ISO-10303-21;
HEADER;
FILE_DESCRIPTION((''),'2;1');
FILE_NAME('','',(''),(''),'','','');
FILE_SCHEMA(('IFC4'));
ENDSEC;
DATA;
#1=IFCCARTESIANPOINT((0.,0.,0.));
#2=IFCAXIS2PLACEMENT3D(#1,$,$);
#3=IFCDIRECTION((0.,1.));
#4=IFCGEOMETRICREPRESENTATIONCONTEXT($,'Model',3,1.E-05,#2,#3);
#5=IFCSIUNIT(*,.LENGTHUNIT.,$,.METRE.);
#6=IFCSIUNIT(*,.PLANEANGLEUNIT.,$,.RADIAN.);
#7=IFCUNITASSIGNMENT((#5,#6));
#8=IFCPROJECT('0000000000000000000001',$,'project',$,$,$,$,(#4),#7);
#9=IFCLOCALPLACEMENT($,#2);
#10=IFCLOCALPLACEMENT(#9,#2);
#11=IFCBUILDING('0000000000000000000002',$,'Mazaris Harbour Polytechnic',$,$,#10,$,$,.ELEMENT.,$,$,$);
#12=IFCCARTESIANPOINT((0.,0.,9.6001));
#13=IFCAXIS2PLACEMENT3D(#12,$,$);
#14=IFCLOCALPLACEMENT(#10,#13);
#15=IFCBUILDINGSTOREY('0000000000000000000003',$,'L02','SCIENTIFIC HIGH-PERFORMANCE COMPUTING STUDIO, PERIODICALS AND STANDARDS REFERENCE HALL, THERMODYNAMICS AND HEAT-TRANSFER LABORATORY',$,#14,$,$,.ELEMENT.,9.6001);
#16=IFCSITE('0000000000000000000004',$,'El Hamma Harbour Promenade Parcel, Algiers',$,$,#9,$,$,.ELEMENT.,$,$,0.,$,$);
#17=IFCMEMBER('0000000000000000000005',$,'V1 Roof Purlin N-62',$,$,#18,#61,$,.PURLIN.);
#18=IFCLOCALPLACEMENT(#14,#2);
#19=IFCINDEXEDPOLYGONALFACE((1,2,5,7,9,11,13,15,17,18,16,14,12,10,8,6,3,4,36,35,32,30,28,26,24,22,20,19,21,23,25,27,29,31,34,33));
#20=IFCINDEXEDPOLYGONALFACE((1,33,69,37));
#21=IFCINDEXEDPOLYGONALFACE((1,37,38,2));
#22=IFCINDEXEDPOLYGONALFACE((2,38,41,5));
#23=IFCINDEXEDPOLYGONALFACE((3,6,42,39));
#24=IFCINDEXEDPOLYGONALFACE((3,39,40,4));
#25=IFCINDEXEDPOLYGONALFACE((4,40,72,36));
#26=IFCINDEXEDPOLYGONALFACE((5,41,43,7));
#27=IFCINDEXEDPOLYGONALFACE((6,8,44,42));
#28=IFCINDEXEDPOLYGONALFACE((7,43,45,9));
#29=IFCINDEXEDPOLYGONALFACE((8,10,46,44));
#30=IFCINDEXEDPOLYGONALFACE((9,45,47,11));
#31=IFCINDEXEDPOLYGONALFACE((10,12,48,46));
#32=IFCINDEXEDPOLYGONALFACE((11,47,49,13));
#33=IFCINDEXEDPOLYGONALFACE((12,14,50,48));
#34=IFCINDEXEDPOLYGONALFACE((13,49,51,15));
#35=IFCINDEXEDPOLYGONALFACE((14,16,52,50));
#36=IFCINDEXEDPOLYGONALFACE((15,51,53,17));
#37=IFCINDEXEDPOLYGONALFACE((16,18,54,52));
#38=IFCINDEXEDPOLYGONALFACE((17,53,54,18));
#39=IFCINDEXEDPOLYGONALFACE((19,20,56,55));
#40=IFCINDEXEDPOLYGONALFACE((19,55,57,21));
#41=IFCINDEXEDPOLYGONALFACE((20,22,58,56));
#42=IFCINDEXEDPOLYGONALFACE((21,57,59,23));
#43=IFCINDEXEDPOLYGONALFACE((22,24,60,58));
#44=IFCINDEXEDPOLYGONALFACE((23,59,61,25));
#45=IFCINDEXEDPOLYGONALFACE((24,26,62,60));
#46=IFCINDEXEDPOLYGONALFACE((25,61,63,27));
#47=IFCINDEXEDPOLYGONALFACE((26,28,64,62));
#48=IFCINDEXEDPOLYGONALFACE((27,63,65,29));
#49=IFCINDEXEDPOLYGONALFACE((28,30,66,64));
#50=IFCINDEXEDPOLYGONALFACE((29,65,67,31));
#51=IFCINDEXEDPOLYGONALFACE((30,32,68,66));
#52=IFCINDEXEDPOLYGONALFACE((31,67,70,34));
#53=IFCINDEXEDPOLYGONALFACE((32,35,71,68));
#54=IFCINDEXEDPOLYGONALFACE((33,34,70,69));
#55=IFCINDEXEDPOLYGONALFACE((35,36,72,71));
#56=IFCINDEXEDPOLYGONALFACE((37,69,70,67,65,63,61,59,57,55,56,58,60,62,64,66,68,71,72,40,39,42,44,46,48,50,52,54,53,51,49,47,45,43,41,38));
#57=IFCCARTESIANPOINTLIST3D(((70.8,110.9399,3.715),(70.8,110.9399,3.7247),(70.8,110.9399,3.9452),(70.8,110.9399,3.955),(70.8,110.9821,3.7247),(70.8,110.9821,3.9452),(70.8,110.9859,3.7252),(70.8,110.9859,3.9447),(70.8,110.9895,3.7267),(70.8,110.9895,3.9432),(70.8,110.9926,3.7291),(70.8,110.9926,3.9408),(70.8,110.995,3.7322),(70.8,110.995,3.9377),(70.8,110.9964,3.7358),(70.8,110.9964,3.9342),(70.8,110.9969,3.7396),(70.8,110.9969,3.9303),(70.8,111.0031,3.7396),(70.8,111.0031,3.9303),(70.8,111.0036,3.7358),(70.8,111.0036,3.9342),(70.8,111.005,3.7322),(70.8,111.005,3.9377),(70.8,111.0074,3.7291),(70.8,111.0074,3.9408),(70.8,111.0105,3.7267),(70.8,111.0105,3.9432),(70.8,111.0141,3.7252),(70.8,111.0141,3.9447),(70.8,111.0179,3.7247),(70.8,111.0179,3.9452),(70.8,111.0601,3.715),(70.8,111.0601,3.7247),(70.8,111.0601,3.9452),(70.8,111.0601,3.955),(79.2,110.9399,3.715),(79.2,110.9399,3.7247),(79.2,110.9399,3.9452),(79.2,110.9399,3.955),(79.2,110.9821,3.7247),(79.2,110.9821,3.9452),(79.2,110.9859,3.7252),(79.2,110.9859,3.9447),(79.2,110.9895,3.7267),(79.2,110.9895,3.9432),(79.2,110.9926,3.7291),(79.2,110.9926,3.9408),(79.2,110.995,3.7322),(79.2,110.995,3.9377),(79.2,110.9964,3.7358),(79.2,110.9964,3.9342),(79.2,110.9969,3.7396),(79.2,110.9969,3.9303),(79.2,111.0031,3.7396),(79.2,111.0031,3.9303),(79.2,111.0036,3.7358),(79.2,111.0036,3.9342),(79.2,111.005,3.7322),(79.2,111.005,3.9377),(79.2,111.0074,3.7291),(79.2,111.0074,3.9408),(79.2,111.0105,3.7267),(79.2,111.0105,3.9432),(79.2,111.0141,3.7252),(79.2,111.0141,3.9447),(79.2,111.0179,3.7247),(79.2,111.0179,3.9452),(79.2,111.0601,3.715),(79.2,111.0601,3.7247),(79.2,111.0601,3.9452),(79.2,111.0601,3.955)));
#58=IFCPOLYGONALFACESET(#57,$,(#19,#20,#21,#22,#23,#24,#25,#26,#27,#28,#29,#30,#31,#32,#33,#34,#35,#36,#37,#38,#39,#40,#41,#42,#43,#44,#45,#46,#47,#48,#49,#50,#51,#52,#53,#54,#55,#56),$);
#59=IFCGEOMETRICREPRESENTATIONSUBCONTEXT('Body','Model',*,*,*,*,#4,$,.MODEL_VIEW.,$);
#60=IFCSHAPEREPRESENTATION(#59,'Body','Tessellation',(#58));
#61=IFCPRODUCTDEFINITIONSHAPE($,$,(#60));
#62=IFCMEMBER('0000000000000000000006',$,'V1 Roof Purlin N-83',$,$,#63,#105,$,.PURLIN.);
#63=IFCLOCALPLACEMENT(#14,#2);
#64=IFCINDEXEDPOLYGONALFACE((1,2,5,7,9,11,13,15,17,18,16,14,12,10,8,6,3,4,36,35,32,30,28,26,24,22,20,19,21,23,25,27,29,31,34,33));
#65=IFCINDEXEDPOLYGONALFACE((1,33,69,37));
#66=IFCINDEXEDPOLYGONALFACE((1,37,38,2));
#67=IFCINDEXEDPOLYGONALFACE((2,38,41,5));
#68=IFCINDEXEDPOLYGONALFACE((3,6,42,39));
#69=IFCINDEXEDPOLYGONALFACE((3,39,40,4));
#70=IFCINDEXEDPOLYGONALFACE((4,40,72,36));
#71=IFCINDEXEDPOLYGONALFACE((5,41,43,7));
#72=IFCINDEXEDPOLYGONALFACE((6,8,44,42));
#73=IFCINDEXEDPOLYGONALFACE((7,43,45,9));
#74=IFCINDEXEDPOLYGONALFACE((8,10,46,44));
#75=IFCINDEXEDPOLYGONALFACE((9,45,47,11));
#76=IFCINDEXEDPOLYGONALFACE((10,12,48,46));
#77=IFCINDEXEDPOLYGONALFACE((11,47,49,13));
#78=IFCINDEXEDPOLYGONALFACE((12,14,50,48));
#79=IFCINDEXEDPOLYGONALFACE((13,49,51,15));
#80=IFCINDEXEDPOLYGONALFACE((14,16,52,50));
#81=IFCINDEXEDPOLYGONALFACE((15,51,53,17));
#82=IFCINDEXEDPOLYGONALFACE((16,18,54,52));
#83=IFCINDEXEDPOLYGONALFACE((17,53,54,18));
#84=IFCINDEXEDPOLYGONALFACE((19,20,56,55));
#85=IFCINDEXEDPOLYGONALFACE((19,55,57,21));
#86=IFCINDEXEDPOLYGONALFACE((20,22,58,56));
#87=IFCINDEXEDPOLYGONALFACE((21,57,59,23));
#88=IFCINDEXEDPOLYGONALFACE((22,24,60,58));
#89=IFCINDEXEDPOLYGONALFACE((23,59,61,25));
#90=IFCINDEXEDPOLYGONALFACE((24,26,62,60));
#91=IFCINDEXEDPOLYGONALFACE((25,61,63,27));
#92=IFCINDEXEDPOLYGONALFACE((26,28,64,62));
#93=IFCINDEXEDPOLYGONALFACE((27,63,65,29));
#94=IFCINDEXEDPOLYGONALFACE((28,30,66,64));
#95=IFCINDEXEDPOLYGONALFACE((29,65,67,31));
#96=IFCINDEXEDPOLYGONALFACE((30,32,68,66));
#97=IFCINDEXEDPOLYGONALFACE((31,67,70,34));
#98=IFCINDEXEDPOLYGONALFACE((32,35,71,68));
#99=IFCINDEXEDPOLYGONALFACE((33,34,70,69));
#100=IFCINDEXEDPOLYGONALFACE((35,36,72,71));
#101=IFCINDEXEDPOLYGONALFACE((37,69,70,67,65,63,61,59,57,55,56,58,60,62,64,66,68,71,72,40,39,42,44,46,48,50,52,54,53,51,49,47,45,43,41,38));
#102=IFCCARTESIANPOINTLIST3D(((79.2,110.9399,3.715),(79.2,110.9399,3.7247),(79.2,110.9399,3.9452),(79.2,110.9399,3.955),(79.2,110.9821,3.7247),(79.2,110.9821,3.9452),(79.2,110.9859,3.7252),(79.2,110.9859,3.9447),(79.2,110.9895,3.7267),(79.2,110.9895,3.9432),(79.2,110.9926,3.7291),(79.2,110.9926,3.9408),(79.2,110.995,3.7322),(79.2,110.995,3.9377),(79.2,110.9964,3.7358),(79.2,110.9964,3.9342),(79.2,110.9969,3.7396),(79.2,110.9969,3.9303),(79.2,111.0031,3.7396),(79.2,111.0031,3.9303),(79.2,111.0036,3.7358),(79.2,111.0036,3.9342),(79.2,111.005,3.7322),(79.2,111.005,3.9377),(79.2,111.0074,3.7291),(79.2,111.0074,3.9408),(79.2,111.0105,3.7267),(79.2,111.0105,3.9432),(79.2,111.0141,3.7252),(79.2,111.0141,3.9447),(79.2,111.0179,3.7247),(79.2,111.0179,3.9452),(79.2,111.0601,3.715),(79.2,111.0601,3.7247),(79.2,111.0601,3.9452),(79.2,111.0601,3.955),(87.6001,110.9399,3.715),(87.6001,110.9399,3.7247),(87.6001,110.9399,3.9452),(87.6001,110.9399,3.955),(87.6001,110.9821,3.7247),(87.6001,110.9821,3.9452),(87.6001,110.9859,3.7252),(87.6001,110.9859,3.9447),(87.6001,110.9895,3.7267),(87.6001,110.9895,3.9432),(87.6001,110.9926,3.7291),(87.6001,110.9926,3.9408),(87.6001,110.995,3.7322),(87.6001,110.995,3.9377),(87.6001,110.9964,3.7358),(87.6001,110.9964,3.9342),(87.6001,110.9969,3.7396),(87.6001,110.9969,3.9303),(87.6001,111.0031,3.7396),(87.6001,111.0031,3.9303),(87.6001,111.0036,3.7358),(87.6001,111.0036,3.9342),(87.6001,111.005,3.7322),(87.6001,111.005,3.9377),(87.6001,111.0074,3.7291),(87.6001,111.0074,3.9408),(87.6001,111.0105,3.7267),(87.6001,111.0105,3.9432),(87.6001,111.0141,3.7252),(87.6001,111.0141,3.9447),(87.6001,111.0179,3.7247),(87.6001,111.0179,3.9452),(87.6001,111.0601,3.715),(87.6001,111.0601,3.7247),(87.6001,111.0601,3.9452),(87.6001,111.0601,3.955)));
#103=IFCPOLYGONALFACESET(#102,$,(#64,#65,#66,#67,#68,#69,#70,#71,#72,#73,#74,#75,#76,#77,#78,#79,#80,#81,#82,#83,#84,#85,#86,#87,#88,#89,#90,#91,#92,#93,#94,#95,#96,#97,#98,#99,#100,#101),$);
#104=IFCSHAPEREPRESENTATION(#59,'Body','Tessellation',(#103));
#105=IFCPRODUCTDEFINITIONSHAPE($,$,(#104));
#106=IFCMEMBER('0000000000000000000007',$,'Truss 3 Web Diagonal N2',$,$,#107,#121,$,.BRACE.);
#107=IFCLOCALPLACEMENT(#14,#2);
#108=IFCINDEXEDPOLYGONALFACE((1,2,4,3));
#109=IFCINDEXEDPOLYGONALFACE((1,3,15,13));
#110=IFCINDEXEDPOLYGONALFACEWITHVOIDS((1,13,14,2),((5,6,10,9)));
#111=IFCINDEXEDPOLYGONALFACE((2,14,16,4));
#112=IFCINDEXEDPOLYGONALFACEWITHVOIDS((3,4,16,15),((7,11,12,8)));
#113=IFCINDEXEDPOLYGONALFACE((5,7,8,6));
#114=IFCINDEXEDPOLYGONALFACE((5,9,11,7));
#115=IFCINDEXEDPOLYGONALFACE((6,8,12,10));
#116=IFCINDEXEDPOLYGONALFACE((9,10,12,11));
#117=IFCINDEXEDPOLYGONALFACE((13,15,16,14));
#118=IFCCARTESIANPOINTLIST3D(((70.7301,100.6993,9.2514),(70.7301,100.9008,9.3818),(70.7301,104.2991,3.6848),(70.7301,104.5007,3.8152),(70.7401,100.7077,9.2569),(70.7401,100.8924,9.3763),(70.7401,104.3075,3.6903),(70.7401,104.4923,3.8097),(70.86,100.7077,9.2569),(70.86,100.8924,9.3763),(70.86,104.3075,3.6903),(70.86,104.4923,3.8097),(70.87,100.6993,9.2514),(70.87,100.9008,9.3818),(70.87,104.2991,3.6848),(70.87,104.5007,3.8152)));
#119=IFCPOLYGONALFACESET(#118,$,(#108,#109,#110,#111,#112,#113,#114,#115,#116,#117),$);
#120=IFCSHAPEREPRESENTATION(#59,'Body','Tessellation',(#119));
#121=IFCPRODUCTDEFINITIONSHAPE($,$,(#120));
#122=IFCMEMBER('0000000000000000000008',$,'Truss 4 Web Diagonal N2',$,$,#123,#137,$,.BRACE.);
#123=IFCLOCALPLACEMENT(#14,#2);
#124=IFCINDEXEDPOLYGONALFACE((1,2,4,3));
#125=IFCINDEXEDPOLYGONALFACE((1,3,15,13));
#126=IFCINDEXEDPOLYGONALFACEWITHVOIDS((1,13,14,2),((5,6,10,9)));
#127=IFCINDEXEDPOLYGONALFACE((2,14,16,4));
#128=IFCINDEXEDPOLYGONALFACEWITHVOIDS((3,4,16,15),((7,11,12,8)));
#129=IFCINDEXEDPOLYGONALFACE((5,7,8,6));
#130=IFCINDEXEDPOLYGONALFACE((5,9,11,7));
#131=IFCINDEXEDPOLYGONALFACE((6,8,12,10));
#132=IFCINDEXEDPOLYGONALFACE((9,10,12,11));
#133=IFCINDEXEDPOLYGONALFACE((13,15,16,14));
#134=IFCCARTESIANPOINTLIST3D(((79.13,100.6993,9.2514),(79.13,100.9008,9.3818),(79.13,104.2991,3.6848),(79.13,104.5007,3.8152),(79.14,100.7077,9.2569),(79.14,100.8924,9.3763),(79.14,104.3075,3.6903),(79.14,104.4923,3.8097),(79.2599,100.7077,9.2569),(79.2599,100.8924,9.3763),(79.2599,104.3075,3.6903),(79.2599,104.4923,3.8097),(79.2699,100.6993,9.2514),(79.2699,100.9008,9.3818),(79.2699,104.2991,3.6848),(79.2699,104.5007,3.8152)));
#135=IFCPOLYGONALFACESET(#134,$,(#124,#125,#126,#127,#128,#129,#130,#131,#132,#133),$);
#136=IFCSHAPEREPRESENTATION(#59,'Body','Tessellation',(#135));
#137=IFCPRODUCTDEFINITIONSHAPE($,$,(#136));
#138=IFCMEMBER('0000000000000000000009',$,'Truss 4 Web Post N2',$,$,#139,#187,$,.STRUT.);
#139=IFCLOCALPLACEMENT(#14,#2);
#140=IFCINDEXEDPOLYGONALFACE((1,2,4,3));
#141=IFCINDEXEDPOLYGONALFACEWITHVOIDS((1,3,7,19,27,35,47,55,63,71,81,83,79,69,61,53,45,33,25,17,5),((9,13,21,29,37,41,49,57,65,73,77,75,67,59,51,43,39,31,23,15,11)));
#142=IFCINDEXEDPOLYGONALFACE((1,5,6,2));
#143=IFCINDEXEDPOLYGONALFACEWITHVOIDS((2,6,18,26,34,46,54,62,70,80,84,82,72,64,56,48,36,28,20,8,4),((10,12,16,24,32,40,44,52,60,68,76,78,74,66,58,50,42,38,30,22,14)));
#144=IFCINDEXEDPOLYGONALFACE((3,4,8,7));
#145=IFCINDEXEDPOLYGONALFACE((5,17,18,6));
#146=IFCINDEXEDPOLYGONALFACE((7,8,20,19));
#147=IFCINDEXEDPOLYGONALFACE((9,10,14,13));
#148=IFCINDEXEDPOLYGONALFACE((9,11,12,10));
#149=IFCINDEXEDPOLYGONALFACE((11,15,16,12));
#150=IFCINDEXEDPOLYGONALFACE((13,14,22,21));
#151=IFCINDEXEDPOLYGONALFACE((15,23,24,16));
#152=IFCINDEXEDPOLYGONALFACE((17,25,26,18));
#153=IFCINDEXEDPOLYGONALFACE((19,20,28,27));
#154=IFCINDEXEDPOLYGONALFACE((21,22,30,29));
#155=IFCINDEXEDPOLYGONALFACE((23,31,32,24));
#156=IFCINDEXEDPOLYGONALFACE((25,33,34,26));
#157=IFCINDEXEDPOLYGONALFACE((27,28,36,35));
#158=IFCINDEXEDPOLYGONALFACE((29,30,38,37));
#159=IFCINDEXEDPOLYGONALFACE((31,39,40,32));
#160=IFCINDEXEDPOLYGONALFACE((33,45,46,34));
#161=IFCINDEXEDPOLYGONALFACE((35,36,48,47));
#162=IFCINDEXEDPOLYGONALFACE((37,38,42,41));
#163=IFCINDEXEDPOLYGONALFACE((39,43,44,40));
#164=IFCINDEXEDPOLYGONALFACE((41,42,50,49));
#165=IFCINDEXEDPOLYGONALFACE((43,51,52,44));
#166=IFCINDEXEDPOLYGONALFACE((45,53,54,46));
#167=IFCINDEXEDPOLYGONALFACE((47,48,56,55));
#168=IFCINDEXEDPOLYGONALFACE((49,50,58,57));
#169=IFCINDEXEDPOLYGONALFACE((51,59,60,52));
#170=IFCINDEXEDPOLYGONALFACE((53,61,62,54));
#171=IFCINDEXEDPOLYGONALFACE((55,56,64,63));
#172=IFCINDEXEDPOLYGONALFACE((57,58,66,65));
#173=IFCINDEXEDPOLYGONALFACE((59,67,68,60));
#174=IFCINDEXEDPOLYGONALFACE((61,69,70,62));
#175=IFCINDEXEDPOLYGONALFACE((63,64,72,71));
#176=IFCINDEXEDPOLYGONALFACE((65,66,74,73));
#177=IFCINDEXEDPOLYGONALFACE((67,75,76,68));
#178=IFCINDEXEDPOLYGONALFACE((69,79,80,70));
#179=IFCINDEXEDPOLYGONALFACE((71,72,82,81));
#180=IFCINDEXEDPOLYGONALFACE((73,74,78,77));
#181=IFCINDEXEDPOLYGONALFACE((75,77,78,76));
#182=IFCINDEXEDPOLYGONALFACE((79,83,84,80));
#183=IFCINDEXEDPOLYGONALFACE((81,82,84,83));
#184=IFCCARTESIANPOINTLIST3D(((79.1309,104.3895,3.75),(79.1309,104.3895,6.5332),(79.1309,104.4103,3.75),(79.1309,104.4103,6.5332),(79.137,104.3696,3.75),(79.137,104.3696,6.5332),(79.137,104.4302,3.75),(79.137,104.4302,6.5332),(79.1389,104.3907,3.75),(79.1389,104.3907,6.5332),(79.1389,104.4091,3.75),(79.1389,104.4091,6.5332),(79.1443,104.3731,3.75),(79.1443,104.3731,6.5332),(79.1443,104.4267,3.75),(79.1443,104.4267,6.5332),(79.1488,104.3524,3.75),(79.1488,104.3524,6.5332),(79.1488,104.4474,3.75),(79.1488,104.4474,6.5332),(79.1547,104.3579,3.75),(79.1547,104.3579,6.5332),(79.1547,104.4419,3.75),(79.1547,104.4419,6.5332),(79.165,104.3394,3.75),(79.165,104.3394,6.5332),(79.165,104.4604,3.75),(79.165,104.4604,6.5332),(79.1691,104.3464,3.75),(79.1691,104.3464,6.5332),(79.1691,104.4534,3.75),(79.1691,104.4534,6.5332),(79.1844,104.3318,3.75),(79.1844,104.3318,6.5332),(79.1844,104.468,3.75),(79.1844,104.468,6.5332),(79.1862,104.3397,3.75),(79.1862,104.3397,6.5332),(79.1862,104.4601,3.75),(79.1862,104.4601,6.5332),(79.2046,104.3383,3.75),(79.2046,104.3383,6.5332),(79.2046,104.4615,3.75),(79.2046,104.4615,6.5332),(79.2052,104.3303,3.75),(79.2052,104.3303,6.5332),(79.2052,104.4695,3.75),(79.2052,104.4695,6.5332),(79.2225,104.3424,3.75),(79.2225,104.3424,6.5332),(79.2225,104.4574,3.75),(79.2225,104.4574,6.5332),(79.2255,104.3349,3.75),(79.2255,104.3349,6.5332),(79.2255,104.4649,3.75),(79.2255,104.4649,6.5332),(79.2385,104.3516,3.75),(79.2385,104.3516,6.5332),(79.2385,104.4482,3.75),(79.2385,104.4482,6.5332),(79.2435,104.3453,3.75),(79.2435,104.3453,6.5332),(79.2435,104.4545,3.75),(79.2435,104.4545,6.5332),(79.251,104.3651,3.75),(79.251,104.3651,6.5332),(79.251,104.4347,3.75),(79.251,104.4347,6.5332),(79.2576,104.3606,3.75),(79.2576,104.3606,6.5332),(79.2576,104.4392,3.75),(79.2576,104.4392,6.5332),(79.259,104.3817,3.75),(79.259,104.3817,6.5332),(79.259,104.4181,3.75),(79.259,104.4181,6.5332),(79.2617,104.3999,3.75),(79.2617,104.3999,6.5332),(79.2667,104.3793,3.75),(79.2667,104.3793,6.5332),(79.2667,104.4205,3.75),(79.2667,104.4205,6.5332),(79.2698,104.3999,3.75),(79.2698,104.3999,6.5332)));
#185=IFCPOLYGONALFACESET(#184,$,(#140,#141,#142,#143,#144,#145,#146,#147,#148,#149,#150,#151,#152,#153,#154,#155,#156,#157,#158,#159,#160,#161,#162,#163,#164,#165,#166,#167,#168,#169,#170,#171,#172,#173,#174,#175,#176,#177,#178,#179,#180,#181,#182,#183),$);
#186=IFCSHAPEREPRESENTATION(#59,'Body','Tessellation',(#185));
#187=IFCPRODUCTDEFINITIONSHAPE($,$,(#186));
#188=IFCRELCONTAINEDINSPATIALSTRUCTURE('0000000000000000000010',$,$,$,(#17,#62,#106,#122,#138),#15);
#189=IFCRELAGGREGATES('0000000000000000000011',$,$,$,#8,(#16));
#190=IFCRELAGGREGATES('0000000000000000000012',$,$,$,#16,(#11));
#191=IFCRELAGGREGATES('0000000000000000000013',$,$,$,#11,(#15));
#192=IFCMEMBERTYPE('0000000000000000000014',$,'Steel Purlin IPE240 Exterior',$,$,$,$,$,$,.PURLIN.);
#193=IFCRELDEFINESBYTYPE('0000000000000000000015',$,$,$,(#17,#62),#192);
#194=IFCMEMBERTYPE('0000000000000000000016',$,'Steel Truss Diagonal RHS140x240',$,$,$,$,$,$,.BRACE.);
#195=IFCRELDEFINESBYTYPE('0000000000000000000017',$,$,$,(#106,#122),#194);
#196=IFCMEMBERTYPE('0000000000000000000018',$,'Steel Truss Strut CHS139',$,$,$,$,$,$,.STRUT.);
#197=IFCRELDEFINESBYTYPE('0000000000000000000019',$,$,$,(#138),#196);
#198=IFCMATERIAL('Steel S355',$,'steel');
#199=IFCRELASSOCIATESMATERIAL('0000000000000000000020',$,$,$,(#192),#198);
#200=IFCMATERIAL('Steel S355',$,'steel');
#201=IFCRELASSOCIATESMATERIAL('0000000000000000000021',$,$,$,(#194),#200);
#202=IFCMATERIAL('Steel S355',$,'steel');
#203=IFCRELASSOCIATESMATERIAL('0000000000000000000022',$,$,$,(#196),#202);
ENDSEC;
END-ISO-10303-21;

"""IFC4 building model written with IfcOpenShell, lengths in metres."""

from ifc_helpers import new_model, si_unit, direction, frame, origin, origin_2d, place, context, subcontext, project, spatial, hollow_rectangle, hollow_circle, i_section, extrude, material, material_profile, profile_set, type_object, element, save


model = new_model("IFC4")

# Units and contexts
model_context = context("Model", 3, precision=1e-05, world=origin(), true_north=direction((0.0, 1.0)))
body_context = subcontext(model_context, "Body", "Model", "MODEL_VIEW")
ifc_project = project(units=[si_unit("LENGTHUNIT", "METRE"), si_unit("PLANEANGLEUNIT", "RADIAN")], contexts=[model_context])

# Site, building, storey
site_placement = place(None, origin())
site = spatial("IfcSite", under=ifc_project, at=site_placement, Name="El Hamma Harbour Promenade Parcel, Algiers", CompositionType="ELEMENT", RefElevation=0.0)
building_placement = place(site_placement, origin())
building = spatial("IfcBuilding", under=site, at=building_placement, Name="Mazaris Harbour Polytechnic", CompositionType="ELEMENT")
storey_placement = place(building_placement, frame((0.0, 0.0, 9.6001)))
storey = spatial("IfcBuildingStorey", under=building, at=storey_placement, Name="L02", Description="SCIENTIFIC HIGH-PERFORMANCE COMPUTING STUDIO, PERIODICALS AND STANDARDS REFERENCE HALL, THERMODYNAMICS AND HEAT-TRANSFER LABORATORY", CompositionType="ELEMENT", Elevation=9.6001)

# Members
ifc_material_1 = material(Name="Steel S355", Category="steel")
ifc_material_profile_1 = material_profile(ifc_material_1, i_section(OverallWidth=0.1201, OverallDepth=0.24, WebThickness=0.0061, FlangeThickness=0.0098, FilletRadius=0.0149, at=origin_2d()), Name="IPE 240")
ifc_profile_set_1 = profile_set([ifc_material_profile_1], Name="Steel S355")
member_type_1 = type_object("IfcMemberType", Name="Steel Purlin IPE240 Exterior", PredefinedType="PURLIN", material=ifc_profile_set_1)
member_1_placement = place(storey_placement, frame((70.8, 111.0, 3.835), z_axis=(1.0, 0.0, 0.0), x_axis=(0.0, 1.0, 0.0)))
element("IfcMember", 1, at=member_1_placement, inside=storey, type_object=member_type_1, Name="V1 Roof Purlin N-62", PredefinedType="PURLIN", context=body_context, shape_type="SweptSolid", body=[
    extrude(i_section(OverallWidth=0.1201, OverallDepth=0.24, WebThickness=0.0061, FlangeThickness=0.0098, FilletRadius=0.0149, at=origin_2d()), origin(), (0.0, 0.0, 1.0), 8.3999),
])
member_2_placement = place(storey_placement, frame((79.2, 111.0, 3.835), z_axis=(1.0, 0.0, 0.0), x_axis=(0.0, 1.0, 0.0)))
element("IfcMember", 2, at=member_2_placement, inside=storey, type_object=member_type_1, Name="V1 Roof Purlin N-83", PredefinedType="PURLIN", context=body_context, shape_type="SweptSolid", body=[
    extrude(i_section(OverallWidth=0.1201, OverallDepth=0.24, WebThickness=0.0061, FlangeThickness=0.0098, FilletRadius=0.0149, at=origin_2d()), origin(), (0.0, 0.0, 1.0), 8.4001),
])
ifc_material_2 = material(Name="Steel S355", Category="steel")
ifc_material_profile_2 = material_profile(ifc_material_2, hollow_rectangle(XDim=0.1399, YDim=0.24, WallThickness=0.01, at=origin_2d()), Name="RHS 140x240x10.0")
ifc_profile_set_2 = profile_set([ifc_material_profile_2], Name="Steel S355")
member_type_2 = type_object("IfcMemberType", Name="Steel Truss Diagonal RHS140x240", PredefinedType="BRACE", material=ifc_profile_set_2)
for number, where, z_axis, x_axis, name in (
    (3, (70.8, 104.3999, 3.75), (0.0, -0.543028, 0.839714), (1.0, 0.0, 0.0), "Truss 3 Web Diagonal N2"),
    (4, (79.2, 104.3999, 3.75), (0.0, -0.543028, 0.839714), (1.0, 0.0, 0.0), "Truss 4 Web Diagonal N2"),
):
    element("IfcMember", number, at=place(storey_placement, frame(where, z_axis=z_axis, x_axis=x_axis)), inside=storey, type_object=member_type_2, Name=name, PredefinedType="BRACE", context=body_context, shape_type="SweptSolid", body=[
        extrude(hollow_rectangle(XDim=0.1399, YDim=0.24, WallThickness=0.01, at=origin_2d()), origin(), (0.0, 0.0, 1.0), 6.6292),
    ])
ifc_material_3 = material(Name="Steel S355", Category="steel")
ifc_material_profile_3 = material_profile(ifc_material_3, hollow_circle(Radius=0.0698, WallThickness=0.0081, at=origin_2d()), Name="CHS 139.7x8.0")
ifc_profile_set_3 = profile_set([ifc_material_profile_3], Name="Steel S355")
member_type_3 = type_object("IfcMemberType", Name="Steel Truss Strut CHS139", PredefinedType="STRUT", material=ifc_profile_set_3)
member_3_placement = place(storey_placement, frame((79.2, 104.3999, 3.75), z_axis=(0.0, 0.0, 1.0), x_axis=(1.0, 0.0, 0.0)))
element("IfcMember", 5, at=member_3_placement, inside=storey, type_object=member_type_3, Name="Truss 4 Web Post N2", PredefinedType="STRUT", context=body_context, shape_type="SweptSolid", body=[
    extrude(hollow_circle(Radius=0.0698, WallThickness=0.0081, at=origin_2d()), origin(), (0.0, 0.0, 1.0), 2.7832),
])

save(model, "model.ifc")
